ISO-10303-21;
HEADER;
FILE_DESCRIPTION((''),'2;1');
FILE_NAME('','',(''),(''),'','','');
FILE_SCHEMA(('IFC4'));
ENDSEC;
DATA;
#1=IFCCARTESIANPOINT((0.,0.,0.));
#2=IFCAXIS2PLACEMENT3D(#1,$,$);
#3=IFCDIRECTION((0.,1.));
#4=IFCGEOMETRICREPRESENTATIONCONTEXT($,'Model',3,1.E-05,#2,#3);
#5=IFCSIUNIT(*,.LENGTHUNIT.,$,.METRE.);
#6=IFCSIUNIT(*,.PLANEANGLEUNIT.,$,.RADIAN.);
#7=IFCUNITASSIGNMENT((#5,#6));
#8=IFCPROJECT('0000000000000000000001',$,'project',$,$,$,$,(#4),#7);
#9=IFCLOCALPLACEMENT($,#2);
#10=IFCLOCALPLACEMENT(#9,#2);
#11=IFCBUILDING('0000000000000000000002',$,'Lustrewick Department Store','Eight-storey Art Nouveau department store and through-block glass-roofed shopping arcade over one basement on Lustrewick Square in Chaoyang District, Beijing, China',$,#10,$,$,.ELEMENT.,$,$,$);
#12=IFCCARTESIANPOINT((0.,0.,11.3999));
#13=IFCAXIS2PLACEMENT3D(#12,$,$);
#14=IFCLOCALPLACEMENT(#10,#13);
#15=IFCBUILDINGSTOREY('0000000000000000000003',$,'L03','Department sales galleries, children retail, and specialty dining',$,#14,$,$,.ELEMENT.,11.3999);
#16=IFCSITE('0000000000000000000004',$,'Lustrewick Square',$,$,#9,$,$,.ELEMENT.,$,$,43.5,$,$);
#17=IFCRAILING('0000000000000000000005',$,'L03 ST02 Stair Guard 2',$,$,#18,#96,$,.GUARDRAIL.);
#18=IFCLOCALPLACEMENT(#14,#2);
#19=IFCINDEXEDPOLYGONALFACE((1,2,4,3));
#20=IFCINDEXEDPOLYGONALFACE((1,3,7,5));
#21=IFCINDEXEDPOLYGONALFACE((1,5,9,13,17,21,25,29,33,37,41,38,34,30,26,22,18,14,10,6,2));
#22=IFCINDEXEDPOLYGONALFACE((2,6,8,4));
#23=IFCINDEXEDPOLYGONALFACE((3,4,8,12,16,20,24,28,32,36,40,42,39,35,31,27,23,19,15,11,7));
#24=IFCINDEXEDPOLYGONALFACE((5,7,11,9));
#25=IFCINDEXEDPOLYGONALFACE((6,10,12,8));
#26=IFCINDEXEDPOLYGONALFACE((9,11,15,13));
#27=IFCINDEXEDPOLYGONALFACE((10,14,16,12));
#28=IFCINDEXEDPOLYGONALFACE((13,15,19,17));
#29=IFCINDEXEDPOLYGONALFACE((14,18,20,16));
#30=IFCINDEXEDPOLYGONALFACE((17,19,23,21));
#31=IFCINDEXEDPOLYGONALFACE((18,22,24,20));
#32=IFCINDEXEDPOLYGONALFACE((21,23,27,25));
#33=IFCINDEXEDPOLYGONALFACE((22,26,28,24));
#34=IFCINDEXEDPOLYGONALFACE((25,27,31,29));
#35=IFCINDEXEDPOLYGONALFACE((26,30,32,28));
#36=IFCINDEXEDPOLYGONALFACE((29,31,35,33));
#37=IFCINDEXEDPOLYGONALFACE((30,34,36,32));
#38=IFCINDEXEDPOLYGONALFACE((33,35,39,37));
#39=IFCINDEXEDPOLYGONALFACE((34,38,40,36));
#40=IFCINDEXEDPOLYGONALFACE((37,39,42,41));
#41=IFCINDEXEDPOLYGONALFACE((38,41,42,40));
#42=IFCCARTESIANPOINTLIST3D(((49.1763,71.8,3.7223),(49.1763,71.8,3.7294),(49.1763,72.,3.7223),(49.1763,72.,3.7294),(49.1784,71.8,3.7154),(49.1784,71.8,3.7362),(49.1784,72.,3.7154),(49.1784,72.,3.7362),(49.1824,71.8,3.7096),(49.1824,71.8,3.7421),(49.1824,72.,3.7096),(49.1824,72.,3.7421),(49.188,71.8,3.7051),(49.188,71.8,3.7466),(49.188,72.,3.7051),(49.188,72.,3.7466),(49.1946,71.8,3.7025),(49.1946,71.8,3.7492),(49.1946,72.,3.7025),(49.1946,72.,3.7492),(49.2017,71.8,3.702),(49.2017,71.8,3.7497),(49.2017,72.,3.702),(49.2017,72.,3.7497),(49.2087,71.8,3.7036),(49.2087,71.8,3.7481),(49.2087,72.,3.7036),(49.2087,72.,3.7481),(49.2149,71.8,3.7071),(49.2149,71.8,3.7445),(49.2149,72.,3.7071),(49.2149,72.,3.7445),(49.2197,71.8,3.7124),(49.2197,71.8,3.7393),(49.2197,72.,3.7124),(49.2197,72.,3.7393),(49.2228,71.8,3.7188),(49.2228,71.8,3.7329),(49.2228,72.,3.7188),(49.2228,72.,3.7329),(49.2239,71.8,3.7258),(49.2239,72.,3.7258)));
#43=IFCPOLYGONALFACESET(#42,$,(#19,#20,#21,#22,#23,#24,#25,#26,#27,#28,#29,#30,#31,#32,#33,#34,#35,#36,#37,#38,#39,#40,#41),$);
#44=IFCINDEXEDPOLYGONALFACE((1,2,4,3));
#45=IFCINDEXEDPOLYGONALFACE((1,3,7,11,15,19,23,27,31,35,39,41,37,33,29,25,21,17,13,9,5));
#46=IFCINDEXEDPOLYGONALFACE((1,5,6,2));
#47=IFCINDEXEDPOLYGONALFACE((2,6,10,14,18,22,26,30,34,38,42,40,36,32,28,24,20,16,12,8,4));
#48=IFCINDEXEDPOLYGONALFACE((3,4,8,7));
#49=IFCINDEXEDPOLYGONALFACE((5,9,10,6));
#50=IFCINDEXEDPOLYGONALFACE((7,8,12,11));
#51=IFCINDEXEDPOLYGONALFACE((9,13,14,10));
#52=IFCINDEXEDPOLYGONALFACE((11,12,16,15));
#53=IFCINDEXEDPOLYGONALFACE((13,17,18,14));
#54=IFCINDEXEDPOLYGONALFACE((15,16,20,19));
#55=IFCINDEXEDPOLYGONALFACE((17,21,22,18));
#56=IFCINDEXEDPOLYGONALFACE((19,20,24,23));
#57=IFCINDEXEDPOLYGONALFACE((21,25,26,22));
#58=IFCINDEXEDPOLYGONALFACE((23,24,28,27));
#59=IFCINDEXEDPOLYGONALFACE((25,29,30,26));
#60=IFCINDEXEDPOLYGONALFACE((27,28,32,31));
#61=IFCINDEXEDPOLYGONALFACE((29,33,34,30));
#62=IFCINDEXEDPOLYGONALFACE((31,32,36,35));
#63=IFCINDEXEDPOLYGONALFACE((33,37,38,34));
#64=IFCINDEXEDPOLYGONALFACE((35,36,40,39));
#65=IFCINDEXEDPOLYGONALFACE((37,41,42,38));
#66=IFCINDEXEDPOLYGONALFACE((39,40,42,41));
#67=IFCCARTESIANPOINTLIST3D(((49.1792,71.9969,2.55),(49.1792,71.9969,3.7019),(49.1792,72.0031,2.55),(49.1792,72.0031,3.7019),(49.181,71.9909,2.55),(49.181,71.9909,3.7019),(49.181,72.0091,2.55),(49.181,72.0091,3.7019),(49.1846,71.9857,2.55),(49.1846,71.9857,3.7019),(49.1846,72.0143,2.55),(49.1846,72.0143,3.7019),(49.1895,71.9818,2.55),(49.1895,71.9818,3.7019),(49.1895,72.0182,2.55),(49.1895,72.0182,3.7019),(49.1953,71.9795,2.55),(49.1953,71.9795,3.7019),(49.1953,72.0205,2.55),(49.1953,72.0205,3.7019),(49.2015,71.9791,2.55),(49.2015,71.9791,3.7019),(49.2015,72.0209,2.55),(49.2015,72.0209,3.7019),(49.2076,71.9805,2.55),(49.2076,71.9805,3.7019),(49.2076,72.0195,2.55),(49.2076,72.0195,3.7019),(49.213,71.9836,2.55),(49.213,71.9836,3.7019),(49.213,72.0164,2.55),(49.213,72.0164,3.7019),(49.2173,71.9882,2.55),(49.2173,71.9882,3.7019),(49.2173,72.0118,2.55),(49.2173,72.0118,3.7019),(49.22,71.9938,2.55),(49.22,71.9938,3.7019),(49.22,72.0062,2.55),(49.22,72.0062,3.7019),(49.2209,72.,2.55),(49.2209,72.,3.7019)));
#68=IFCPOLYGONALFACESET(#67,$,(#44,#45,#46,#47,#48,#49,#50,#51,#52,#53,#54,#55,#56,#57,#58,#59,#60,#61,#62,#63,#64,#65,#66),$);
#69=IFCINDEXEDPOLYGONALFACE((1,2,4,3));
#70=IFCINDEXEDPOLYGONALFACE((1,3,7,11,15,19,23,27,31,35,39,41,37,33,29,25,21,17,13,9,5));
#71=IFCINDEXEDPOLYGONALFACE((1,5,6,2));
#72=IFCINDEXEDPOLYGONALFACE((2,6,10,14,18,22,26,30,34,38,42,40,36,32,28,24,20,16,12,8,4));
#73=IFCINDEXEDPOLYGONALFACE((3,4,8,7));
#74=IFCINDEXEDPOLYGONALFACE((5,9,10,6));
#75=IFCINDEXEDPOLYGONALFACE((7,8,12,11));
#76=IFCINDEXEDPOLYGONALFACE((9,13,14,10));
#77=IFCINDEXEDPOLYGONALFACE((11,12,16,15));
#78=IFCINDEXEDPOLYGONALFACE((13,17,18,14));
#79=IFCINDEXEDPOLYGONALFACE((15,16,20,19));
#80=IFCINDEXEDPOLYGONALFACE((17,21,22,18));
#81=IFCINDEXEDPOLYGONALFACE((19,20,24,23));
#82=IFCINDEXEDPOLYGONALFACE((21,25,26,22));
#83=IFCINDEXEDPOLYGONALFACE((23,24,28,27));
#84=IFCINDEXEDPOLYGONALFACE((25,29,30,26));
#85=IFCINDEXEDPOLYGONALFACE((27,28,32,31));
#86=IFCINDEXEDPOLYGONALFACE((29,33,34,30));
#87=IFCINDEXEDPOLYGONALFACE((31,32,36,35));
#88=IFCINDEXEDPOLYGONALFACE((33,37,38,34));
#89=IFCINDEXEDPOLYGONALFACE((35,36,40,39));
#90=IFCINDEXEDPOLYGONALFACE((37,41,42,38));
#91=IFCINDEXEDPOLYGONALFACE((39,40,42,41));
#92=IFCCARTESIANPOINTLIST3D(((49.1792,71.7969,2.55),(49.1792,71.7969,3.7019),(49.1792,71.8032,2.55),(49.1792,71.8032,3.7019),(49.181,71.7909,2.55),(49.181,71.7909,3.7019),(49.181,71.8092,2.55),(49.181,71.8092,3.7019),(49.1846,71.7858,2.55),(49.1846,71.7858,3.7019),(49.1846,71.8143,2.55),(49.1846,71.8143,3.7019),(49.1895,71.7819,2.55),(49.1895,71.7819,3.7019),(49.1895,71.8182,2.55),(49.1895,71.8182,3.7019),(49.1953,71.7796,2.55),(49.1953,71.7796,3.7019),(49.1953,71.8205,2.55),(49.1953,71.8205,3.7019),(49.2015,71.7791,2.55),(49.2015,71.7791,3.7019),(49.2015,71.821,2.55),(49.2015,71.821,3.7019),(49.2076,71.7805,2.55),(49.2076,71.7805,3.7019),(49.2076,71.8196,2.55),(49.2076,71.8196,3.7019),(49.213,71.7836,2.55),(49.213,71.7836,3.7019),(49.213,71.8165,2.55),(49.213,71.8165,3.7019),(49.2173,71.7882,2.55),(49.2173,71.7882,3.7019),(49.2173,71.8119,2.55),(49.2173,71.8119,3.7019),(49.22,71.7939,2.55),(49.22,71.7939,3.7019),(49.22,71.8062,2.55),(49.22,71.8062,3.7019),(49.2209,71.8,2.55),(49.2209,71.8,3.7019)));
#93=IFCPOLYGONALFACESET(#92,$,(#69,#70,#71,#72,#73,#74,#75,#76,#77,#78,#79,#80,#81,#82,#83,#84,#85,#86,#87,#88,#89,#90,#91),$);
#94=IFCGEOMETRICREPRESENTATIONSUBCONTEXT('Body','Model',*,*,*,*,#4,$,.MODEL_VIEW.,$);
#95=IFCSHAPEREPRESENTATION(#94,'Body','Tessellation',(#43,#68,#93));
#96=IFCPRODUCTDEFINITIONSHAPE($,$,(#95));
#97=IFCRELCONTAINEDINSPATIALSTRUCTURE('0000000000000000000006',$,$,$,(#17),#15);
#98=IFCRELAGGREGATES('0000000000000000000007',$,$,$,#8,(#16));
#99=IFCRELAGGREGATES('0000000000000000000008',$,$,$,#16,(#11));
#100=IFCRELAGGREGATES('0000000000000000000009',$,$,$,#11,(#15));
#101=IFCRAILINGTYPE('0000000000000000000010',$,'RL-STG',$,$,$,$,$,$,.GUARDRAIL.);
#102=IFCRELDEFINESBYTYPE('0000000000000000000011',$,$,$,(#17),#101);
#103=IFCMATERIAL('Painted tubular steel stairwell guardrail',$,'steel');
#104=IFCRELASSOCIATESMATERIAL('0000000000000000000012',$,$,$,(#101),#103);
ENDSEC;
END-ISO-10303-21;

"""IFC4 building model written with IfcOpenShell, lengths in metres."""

from ifc_helpers import new_model, si_unit, direction, frame, origin, origin_2d, place, context, subcontext, project, spatial, circle, extrude, material, type_object, element, save


model = new_model("IFC4")

# Units and contexts
model_context = context("Model", 3, precision=1e-05, world=origin(), true_north=direction((0.0, 1.0)))
body_context = subcontext(model_context, "Body", "Model", "MODEL_VIEW")
ifc_project = project(units=[si_unit("LENGTHUNIT", "METRE"), si_unit("PLANEANGLEUNIT", "RADIAN")], contexts=[model_context])

# Site, building, storey
site_placement = place(None, origin())
site = spatial("IfcSite", under=ifc_project, at=site_placement, Name="Lustrewick Square", CompositionType="ELEMENT", RefElevation=43.5)
building_placement = place(site_placement, origin())
building = spatial("IfcBuilding", under=site, at=building_placement, Name="Lustrewick Department Store", Description="Eight-storey Art Nouveau department store and through-block glass-roofed shopping arcade over one basement on Lustrewick Square in Chaoyang District, Beijing, China", CompositionType="ELEMENT")
storey_placement = place(building_placement, frame((0.0, 0.0, 11.3999)))
storey = spatial("IfcBuildingStorey", under=building, at=storey_placement, Name="L03", Description="Department sales galleries, children retail, and specialty dining", CompositionType="ELEMENT", Elevation=11.3999)

# Railing
ifc_material_1 = material(Name="Painted tubular steel stairwell guardrail", Category="steel")
railing_type_1 = type_object("IfcRailingType", Name="RL-STG", PredefinedType="GUARDRAIL", material=ifc_material_1)
railing_1_placement = place(storey_placement, frame((49.2, 72.0, 2.55)))
element("IfcRailing", 1, at=railing_1_placement, inside=storey, type_object=railing_type_1, Name="L03 ST02 Stair Guard 2", PredefinedType="GUARDRAIL", context=body_context, shape_type="SweptSolid", body=[
    extrude(circle(Radius=0.0239, at=origin_2d()), frame((0.0, 0.0, 1.1758), z_axis=(0.0, -1.0, 0.0), x_axis=(1.0, 0.0, 0.0)), (0.0, 0.0, 1.0), 0.2),
    extrude(circle(Radius=0.021, at=origin_2d()), origin(), (0.0, 0.0, 1.0), 1.1519),
    extrude(circle(Radius=0.021, at=origin_2d()), frame((0.0, -0.2, 0.0)), (0.0, 0.0, 1.0), 1.1519),
])

save(model, "model.ifc")
